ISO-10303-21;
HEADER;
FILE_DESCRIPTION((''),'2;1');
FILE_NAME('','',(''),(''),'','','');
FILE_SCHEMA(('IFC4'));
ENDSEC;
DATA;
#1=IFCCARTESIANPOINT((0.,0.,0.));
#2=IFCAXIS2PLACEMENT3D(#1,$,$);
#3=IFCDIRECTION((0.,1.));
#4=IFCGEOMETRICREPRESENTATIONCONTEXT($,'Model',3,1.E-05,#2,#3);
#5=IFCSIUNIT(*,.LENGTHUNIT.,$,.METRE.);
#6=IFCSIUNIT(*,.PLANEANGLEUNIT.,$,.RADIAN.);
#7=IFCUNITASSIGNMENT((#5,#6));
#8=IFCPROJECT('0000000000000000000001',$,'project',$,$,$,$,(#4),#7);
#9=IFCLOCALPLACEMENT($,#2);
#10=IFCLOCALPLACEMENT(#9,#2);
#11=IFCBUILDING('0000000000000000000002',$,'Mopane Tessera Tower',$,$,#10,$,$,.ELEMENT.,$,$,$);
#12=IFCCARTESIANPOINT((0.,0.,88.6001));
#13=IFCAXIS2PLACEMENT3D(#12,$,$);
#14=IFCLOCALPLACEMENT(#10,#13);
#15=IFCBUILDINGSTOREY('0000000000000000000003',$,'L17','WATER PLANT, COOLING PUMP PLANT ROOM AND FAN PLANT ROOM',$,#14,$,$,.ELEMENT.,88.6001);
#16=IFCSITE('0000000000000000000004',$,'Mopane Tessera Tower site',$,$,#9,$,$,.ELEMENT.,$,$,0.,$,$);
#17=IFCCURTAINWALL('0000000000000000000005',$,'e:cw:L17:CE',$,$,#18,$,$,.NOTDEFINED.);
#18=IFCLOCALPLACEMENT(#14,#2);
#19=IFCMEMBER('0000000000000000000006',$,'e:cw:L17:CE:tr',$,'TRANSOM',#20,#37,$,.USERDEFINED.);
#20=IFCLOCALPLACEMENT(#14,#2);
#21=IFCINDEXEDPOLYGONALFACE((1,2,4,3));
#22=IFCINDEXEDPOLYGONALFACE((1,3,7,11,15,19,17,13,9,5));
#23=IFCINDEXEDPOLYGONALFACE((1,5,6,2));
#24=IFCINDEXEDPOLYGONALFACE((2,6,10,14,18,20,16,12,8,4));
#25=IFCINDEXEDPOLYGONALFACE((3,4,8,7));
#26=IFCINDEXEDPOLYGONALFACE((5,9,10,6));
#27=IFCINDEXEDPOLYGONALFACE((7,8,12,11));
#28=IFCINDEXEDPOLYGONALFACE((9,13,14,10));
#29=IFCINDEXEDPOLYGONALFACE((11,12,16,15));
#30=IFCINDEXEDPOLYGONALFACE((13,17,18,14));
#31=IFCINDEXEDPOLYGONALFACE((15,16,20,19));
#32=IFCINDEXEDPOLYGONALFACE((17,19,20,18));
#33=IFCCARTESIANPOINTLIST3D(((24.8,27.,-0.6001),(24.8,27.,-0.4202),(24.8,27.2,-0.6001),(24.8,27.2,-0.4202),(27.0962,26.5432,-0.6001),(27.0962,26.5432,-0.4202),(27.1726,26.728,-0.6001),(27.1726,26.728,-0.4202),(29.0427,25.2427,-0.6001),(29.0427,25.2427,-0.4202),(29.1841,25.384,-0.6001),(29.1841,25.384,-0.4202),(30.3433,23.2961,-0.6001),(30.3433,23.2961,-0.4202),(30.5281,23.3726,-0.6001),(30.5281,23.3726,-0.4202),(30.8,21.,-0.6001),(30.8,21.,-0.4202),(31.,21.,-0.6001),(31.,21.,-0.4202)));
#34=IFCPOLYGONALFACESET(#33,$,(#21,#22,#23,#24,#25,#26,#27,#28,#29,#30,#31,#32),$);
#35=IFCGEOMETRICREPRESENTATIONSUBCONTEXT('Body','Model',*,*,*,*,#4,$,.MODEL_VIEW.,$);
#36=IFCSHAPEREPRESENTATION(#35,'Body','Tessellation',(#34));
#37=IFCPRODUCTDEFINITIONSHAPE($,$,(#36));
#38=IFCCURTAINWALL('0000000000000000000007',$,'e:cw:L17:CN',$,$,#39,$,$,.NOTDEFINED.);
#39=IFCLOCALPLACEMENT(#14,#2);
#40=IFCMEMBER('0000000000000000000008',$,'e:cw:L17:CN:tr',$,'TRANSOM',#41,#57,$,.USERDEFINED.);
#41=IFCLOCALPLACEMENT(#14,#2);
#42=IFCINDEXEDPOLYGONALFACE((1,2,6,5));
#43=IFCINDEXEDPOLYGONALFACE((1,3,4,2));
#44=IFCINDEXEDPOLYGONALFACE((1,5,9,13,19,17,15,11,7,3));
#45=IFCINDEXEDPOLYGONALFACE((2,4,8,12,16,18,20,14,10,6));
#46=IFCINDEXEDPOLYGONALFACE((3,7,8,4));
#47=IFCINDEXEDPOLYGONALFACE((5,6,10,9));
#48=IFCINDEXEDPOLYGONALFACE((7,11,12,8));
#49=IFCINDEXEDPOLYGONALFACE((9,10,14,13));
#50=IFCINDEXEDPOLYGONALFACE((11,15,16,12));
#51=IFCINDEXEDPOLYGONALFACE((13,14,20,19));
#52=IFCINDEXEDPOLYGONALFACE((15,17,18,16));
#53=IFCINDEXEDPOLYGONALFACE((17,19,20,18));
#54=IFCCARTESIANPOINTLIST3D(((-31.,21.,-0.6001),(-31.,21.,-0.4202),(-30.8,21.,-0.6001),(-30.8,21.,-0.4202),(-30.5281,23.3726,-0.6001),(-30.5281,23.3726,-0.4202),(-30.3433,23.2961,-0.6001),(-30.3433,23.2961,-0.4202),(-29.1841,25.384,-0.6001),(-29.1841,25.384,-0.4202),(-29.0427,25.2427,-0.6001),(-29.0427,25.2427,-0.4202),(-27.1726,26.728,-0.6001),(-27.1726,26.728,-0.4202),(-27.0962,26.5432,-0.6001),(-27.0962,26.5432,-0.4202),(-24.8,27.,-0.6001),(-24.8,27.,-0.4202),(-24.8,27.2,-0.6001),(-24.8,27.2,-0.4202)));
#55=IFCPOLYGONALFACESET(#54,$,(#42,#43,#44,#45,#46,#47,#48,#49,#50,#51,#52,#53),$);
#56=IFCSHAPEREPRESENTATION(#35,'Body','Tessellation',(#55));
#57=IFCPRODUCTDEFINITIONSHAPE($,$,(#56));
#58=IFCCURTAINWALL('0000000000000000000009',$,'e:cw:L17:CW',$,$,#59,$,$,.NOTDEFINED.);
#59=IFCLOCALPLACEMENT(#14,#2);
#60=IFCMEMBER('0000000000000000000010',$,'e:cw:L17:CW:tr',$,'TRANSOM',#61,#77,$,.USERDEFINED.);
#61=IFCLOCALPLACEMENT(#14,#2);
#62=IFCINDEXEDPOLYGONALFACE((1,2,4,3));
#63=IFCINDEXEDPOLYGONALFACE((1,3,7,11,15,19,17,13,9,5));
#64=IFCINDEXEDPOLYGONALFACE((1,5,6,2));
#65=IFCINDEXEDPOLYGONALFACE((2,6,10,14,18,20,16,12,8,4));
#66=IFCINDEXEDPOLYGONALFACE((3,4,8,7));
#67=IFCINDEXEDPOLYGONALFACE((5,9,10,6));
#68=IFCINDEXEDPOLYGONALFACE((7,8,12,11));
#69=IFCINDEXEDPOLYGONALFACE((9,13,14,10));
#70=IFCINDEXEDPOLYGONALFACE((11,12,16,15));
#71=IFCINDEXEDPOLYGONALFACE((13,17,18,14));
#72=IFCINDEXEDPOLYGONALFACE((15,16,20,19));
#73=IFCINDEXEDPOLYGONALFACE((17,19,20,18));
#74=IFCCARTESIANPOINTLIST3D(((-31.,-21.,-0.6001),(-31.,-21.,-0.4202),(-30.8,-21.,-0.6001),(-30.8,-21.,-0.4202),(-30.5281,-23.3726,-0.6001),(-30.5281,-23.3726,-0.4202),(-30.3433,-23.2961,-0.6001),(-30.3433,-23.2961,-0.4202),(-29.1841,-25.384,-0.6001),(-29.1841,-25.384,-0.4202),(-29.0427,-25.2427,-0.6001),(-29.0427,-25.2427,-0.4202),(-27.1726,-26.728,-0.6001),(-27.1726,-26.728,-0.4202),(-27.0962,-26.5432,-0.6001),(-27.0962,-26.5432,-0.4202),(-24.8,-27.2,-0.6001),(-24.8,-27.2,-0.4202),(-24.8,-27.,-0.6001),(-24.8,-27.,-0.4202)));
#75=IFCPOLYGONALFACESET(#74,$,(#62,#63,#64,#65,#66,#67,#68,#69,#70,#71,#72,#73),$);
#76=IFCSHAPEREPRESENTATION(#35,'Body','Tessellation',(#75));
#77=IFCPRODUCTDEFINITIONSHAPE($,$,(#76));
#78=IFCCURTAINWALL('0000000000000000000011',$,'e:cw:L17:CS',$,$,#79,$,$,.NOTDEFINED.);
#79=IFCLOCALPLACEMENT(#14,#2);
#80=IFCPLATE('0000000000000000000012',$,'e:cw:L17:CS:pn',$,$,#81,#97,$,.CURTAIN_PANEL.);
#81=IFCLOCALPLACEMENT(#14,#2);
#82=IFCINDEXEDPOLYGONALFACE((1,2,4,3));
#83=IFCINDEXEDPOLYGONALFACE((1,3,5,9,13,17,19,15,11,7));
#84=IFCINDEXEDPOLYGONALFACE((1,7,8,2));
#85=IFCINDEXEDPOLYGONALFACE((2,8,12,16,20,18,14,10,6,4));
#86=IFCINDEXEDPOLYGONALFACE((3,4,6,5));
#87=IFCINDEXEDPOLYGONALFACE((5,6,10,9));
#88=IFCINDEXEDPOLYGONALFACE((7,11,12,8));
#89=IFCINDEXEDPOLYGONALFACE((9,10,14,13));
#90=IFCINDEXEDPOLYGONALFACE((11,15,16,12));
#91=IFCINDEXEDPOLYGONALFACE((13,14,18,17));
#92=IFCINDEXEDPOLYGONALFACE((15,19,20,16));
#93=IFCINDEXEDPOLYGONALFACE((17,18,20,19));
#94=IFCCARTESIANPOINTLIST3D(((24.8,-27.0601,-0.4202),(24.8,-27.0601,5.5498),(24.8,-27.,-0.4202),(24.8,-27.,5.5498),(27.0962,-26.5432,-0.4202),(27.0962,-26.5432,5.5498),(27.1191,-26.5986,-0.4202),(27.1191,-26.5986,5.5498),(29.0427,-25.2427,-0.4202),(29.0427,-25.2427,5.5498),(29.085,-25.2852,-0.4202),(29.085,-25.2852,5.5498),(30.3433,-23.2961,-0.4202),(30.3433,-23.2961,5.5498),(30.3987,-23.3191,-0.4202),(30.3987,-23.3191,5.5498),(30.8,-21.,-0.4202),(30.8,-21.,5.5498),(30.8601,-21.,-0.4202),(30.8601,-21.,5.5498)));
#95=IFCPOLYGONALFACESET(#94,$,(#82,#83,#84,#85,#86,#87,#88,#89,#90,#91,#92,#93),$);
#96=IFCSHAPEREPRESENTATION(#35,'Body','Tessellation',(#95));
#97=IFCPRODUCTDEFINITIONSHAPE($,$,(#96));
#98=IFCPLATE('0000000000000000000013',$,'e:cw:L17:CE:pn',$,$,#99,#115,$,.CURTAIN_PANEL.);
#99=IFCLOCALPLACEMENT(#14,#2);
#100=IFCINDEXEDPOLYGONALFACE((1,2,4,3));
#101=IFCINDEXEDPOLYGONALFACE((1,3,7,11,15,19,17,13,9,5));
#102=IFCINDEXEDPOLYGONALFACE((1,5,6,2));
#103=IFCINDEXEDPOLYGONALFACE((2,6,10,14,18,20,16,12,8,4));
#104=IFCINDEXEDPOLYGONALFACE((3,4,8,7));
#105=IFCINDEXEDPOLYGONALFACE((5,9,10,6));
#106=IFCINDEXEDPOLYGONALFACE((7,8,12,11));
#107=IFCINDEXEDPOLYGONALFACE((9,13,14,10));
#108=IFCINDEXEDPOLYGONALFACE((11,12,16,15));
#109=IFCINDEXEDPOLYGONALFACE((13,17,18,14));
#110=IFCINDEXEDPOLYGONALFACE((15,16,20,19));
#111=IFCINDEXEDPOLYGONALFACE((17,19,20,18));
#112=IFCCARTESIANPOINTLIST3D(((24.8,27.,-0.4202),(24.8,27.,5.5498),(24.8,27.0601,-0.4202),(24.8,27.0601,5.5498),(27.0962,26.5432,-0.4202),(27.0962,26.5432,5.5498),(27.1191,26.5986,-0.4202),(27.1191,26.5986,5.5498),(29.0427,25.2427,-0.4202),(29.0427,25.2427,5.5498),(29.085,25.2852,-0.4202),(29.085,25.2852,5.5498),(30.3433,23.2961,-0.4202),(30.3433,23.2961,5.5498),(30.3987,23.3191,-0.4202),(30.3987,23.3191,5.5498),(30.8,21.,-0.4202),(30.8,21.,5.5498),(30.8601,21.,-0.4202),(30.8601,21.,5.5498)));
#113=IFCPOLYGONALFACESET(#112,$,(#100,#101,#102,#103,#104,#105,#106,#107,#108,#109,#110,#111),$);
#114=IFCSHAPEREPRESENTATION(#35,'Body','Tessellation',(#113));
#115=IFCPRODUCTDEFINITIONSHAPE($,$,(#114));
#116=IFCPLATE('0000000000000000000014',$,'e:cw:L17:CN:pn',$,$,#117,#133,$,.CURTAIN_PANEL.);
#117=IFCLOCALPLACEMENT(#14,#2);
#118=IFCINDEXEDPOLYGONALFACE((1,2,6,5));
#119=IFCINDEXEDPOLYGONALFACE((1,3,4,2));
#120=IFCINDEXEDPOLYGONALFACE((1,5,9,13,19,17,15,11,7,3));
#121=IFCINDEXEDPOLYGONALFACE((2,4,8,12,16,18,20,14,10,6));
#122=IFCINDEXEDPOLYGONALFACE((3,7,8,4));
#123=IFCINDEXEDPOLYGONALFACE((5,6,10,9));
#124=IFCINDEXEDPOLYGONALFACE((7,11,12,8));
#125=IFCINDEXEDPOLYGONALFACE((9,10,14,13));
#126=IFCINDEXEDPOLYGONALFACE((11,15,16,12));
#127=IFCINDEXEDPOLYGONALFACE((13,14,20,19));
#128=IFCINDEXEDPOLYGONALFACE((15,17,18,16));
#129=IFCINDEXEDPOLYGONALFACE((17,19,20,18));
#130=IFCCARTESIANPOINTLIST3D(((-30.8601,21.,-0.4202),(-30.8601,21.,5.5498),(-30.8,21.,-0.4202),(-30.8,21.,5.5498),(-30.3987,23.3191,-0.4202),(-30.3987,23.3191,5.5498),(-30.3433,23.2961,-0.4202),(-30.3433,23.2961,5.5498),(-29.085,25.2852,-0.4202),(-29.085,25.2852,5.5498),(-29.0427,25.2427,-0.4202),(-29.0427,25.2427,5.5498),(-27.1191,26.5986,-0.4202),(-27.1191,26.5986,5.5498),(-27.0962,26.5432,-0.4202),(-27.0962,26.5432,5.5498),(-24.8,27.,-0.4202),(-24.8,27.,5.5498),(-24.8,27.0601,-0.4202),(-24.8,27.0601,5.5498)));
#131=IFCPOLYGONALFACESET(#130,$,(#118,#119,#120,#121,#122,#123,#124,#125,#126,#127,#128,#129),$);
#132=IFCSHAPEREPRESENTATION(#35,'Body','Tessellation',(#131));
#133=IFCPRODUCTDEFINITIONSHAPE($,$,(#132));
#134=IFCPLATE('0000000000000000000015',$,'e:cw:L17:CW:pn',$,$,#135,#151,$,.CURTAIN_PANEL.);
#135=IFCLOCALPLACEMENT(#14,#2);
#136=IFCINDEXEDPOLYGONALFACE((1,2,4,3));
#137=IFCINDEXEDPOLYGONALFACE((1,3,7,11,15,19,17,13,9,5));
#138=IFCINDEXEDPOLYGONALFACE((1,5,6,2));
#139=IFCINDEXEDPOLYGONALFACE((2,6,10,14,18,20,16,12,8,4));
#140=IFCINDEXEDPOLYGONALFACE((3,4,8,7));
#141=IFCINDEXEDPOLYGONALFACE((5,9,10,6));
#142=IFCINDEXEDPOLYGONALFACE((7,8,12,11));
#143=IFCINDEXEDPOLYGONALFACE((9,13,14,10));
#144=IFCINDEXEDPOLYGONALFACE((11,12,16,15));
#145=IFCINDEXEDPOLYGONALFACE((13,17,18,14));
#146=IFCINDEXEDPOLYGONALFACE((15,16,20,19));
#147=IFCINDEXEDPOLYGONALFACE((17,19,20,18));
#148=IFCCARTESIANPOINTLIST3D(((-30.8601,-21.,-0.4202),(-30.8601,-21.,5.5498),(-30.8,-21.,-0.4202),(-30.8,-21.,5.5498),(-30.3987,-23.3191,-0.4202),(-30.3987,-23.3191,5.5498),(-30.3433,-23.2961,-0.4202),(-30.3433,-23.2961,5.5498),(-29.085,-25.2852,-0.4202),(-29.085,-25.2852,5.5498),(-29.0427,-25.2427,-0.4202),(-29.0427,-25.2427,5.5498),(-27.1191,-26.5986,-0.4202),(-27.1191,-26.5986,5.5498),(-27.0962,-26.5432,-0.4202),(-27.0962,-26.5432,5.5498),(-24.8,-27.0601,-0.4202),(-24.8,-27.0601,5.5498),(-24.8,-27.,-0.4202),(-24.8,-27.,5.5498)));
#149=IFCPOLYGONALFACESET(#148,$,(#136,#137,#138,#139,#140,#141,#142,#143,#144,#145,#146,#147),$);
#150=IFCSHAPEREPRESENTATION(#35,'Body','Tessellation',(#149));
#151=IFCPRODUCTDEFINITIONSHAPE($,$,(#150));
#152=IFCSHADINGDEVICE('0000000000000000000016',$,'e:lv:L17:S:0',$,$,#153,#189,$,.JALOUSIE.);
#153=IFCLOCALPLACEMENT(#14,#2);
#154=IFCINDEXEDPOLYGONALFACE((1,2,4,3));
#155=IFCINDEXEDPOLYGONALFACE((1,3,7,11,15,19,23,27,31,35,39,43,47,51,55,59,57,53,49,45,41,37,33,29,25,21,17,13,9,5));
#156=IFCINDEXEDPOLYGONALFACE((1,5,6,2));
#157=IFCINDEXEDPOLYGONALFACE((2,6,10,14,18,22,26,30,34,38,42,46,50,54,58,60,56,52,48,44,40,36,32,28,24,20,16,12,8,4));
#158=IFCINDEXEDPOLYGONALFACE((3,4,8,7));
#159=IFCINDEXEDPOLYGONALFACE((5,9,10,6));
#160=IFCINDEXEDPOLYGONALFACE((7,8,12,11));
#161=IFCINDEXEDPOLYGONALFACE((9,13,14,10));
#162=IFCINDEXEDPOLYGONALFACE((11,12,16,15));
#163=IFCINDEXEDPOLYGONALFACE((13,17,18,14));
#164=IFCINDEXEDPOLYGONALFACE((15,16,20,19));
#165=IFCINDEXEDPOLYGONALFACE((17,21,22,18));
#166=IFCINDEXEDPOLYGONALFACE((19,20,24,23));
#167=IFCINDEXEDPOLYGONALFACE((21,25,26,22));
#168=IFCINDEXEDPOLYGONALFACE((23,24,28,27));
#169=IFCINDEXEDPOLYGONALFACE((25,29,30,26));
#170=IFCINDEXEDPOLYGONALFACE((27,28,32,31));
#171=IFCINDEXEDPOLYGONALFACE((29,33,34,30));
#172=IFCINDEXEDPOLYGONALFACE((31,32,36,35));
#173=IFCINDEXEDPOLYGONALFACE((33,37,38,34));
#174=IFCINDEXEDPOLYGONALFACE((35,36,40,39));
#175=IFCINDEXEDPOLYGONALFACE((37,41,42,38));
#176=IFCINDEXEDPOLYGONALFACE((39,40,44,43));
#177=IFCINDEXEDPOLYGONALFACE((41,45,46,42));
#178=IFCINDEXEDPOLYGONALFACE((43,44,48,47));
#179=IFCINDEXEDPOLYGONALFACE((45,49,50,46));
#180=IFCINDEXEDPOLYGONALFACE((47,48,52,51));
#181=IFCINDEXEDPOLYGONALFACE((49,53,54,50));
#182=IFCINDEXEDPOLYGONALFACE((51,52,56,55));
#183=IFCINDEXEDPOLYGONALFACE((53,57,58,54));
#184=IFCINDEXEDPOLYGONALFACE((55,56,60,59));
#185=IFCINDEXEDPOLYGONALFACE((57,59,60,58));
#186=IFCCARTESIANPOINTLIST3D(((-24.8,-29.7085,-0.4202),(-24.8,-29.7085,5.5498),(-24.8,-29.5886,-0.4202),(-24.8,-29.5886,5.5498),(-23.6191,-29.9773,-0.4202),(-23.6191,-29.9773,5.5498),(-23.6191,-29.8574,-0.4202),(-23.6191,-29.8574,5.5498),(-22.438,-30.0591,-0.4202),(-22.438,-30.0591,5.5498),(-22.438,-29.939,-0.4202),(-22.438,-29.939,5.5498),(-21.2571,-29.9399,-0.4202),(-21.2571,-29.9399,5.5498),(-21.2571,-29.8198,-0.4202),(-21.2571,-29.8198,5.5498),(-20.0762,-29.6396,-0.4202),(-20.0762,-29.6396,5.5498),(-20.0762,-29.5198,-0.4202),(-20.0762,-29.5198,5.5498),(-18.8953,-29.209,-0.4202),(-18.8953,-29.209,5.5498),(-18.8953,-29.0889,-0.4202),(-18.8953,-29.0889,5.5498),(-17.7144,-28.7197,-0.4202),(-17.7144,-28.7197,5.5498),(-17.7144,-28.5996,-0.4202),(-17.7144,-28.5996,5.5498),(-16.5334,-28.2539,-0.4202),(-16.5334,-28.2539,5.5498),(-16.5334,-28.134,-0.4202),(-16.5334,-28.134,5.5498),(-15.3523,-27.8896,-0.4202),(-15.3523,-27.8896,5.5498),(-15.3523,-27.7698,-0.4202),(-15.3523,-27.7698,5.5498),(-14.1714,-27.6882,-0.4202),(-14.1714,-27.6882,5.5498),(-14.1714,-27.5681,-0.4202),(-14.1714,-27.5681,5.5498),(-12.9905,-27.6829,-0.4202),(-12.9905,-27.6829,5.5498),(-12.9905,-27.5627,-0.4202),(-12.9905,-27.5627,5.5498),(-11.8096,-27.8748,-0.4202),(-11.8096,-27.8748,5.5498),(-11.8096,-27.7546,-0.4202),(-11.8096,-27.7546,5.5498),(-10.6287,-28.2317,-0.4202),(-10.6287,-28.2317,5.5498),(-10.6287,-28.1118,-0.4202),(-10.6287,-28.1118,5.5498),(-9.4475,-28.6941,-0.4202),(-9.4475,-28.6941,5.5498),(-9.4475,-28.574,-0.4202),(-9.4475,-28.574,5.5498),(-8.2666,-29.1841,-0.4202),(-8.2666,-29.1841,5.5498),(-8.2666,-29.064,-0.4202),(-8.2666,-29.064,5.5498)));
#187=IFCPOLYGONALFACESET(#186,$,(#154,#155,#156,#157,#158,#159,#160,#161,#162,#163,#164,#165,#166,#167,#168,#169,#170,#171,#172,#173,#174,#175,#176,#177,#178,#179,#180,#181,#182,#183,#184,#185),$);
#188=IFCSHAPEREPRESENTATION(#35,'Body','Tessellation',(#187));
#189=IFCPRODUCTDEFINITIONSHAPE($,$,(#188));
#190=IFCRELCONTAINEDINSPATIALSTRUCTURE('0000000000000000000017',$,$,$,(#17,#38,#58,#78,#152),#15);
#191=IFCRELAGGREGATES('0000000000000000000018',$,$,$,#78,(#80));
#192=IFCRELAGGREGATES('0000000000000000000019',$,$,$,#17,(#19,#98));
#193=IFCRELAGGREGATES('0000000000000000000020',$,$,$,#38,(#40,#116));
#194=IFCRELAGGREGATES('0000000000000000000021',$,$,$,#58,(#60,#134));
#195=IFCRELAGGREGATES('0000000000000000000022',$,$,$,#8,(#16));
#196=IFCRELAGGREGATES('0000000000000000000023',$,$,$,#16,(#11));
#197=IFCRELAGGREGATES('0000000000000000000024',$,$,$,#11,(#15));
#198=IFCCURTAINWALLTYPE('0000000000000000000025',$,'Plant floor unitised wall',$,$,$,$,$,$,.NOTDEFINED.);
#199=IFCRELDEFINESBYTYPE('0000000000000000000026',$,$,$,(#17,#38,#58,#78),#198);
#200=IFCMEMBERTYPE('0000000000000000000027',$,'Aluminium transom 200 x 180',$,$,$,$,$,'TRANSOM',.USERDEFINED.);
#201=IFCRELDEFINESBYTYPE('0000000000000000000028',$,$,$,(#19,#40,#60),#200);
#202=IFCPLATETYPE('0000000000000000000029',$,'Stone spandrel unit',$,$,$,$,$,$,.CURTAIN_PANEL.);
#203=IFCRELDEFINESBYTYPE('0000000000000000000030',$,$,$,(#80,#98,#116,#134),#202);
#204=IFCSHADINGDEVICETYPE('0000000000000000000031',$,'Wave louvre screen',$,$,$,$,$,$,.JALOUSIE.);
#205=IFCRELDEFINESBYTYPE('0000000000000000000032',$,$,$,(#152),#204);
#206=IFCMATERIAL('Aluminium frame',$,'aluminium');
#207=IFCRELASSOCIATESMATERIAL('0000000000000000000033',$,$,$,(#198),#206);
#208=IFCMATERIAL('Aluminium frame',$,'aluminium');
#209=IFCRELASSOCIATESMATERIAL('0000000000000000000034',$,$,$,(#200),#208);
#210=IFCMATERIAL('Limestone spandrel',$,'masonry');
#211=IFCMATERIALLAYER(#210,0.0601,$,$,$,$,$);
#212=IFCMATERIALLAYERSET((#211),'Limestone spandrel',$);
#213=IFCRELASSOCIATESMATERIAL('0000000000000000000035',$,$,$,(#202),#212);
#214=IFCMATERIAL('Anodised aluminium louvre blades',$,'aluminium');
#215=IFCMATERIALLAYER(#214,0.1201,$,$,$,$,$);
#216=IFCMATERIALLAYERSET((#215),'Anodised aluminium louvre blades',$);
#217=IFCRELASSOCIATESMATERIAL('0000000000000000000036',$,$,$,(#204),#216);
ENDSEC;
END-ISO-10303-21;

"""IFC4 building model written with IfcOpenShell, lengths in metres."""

from ifc_helpers import new_model, si_unit, direction, frame, origin, origin_2d, place, context, subcontext, project, spatial, polyline, rectangle, outline, extrude, material, layer, layer_set, material_profile, profile_set, type_object, element, aggregate, save


model = new_model("IFC4")

# Units and contexts
model_context = context("Model", 3, precision=1e-05, world=origin(), true_north=direction((0.0, 1.0)))
body_context = subcontext(model_context, "Body", "Model", "MODEL_VIEW")
ifc_project = project(units=[si_unit("LENGTHUNIT", "METRE"), si_unit("PLANEANGLEUNIT", "RADIAN")], contexts=[model_context])

# Site, building, storey
site_placement = place(None, origin())
site = spatial("IfcSite", under=ifc_project, at=site_placement, Name="Mopane Tessera Tower site", CompositionType="ELEMENT", RefElevation=0.0)
building_placement = place(site_placement, origin())
building = spatial("IfcBuilding", under=site, at=building_placement, Name="Mopane Tessera Tower", CompositionType="ELEMENT")
storey_placement = place(building_placement, frame((0.0, 0.0, 88.6001)))
storey = spatial("IfcBuildingStorey", under=building, at=storey_placement, Name="L17", Description="WATER PLANT, COOLING PUMP PLANT ROOM AND FAN PLANT ROOM", CompositionType="ELEMENT", Elevation=88.6001)

# Curtain walls, members
ifc_material_1 = material(Name="Aluminium frame", Category="aluminium")
curtain_wall_type = type_object("IfcCurtainWallType", Name="Plant floor unitised wall", PredefinedType="NOTDEFINED", material=ifc_material_1)
curtain_wall_1_placement = place(storey_placement, origin())
curtain_wall_1 = element("IfcCurtainWall", 1, at=curtain_wall_1_placement, inside=storey, type_object=curtain_wall_type, Name="e:cw:L17:CE", PredefinedType="NOTDEFINED")
ifc_material_2 = material(Name="Aluminium frame", Category="aluminium")
ifc_material_profile = material_profile(ifc_material_2, rectangle(XDim=0.2, YDim=0.1799, at=origin_2d()))
ifc_profile_set = profile_set([ifc_material_profile], Name="Aluminium frame")
member_type = type_object("IfcMemberType", Name="Aluminium transom 200 x 180", ElementType="TRANSOM", PredefinedType="USERDEFINED", material=ifc_profile_set)
member_1_placement = place(storey_placement, frame((0.0, 0.0, -0.6001)))
member_1 = element("IfcMember", 2, at=member_1_placement, type_object=member_type, Name="e:cw:L17:CE:tr", ObjectType="TRANSOM", PredefinedType="USERDEFINED", context=body_context, shape_type="SweptSolid", body=[
    extrude(outline(polyline([(30.8, 21.0), (30.3433, 23.2961), (29.0427, 25.2427), (27.0962, 26.5432), (24.8, 27.0), (24.8, 27.2), (27.1726, 26.728), (29.1841, 25.384), (30.5281, 23.3726), (31.0, 21.0), (30.8, 21.0)])), origin(), (0.0, 0.0, 1.0), 0.1799),
])
curtain_wall_2_placement = place(storey_placement, origin())
curtain_wall_2 = element("IfcCurtainWall", 3, at=curtain_wall_2_placement, inside=storey, type_object=curtain_wall_type, Name="e:cw:L17:CN", PredefinedType="NOTDEFINED")
member_2_placement = place(storey_placement, frame((0.0, 0.0, -0.6001)))
member_2 = element("IfcMember", 4, at=member_2_placement, type_object=member_type, Name="e:cw:L17:CN:tr", ObjectType="TRANSOM", PredefinedType="USERDEFINED", context=body_context, shape_type="SweptSolid", body=[
    extrude(outline(polyline([(-24.8, 27.0), (-27.0962, 26.5432), (-29.0427, 25.2427), (-30.3433, 23.2961), (-30.8, 21.0), (-31.0, 21.0), (-30.5281, 23.3726), (-29.1841, 25.384), (-27.1726, 26.728), (-24.8, 27.2), (-24.8, 27.0)])), origin(), (0.0, 0.0, 1.0), 0.1799),
])
curtain_wall_3_placement = place(storey_placement, origin())
curtain_wall_3 = element("IfcCurtainWall", 5, at=curtain_wall_3_placement, inside=storey, type_object=curtain_wall_type, Name="e:cw:L17:CW", PredefinedType="NOTDEFINED")
member_3_placement = place(storey_placement, frame((0.0, 0.0, -0.6001)))
member_3 = element("IfcMember", 6, at=member_3_placement, type_object=member_type, Name="e:cw:L17:CW:tr", ObjectType="TRANSOM", PredefinedType="USERDEFINED", context=body_context, shape_type="SweptSolid", body=[
    extrude(outline(polyline([(-30.8, -21.0), (-30.3433, -23.2961), (-29.0427, -25.2427), (-27.0962, -26.5432), (-24.8, -27.0), (-24.8, -27.2), (-27.1726, -26.728), (-29.1841, -25.384), (-30.5281, -23.3726), (-31.0, -21.0), (-30.8, -21.0)])), origin(), (0.0, 0.0, 1.0), 0.1799),
])

# Curtain wall, plate
curtain_wall_4_placement = place(storey_placement, origin())
curtain_wall_4 = element("IfcCurtainWall", 7, at=curtain_wall_4_placement, inside=storey, type_object=curtain_wall_type, Name="e:cw:L17:CS", PredefinedType="NOTDEFINED")
ifc_material_3 = material(Name="Limestone spandrel", Category="masonry")
ifc_layer_1 = layer(ifc_material_3, 0.0601)
ifc_layer_set_1 = layer_set([ifc_layer_1], Name="Limestone spandrel")
plate_type = type_object("IfcPlateType", Name="Stone spandrel unit", PredefinedType="CURTAIN_PANEL", material=ifc_layer_set_1)
plate_1_placement = place(storey_placement, frame((0.0, 0.0, -0.4202)))
plate_1 = element("IfcPlate", 8, at=plate_1_placement, type_object=plate_type, Name="e:cw:L17:CS:pn", PredefinedType="CURTAIN_PANEL", context=body_context, shape_type="SweptSolid", body=[
    extrude(outline(polyline([(24.8, -27.0), (27.0962, -26.5432), (29.0427, -25.2427), (30.3433, -23.2961), (30.8, -21.0), (30.8601, -21.0), (30.3987, -23.3191), (29.085, -25.2852), (27.1191, -26.5986), (24.8, -27.0601), (24.8, -27.0)])), origin(), (0.0, 0.0, 1.0), 5.97),
])
aggregate(curtain_wall_4, [plate_1])

# Plates
plate_2_placement = place(storey_placement, frame((0.0, 0.0, -0.4202)))
plate_2 = element("IfcPlate", 9, at=plate_2_placement, type_object=plate_type, Name="e:cw:L17:CE:pn", PredefinedType="CURTAIN_PANEL", context=body_context, shape_type="SweptSolid", body=[
    extrude(outline(polyline([(30.8, 21.0), (30.3433, 23.2961), (29.0427, 25.2427), (27.0962, 26.5432), (24.8, 27.0), (24.8, 27.0601), (27.1191, 26.5986), (29.085, 25.2852), (30.3987, 23.3191), (30.8601, 21.0), (30.8, 21.0)])), origin(), (0.0, 0.0, 1.0), 5.97),
])
aggregate(curtain_wall_1, [member_1, plate_2])
plate_3_placement = place(storey_placement, frame((0.0, 0.0, -0.4202)))
plate_3 = element("IfcPlate", 10, at=plate_3_placement, type_object=plate_type, Name="e:cw:L17:CN:pn", PredefinedType="CURTAIN_PANEL", context=body_context, shape_type="SweptSolid", body=[
    extrude(outline(polyline([(-24.8, 27.0), (-27.0962, 26.5432), (-29.0427, 25.2427), (-30.3433, 23.2961), (-30.8, 21.0), (-30.8601, 21.0), (-30.3987, 23.3191), (-29.085, 25.2852), (-27.1191, 26.5986), (-24.8, 27.0601), (-24.8, 27.0)])), origin(), (0.0, 0.0, 1.0), 5.97),
])
aggregate(curtain_wall_2, [member_2, plate_3])
plate_4_placement = place(storey_placement, frame((0.0, 0.0, -0.4202)))
plate_4 = element("IfcPlate", 11, at=plate_4_placement, type_object=plate_type, Name="e:cw:L17:CW:pn", PredefinedType="CURTAIN_PANEL", context=body_context, shape_type="SweptSolid", body=[
    extrude(outline(polyline([(-30.8, -21.0), (-30.3433, -23.2961), (-29.0427, -25.2427), (-27.0962, -26.5432), (-24.8, -27.0), (-24.8, -27.0601), (-27.1191, -26.5986), (-29.085, -25.2852), (-30.3987, -23.3191), (-30.8601, -21.0), (-30.8, -21.0)])), origin(), (0.0, 0.0, 1.0), 5.97),
])
aggregate(curtain_wall_3, [member_3, plate_4])

# Shading device
ifc_material_4 = material(Name="Anodised aluminium louvre blades", Category="aluminium")
ifc_layer_2 = layer(ifc_material_4, 0.1201)
ifc_layer_set_2 = layer_set([ifc_layer_2], Name="Anodised aluminium louvre blades")
shading_device_type = type_object("IfcShadingDeviceType", Name="Wave louvre screen", PredefinedType="JALOUSIE", material=ifc_layer_set_2)
shading_device_1_placement = place(storey_placement, frame((0.0, 0.0, -0.4202)))
element("IfcShadingDevice", 12, at=shading_device_1_placement, inside=storey, type_object=shading_device_type, Name="e:lv:L17:S:0", PredefinedType="JALOUSIE", context=body_context, shape_type="SweptSolid", body=[
    extrude(outline(polyline([(-24.8, -29.5886), (-23.6191, -29.8574), (-22.438, -29.939), (-21.2571, -29.8198), (-20.0762, -29.5198), (-18.8953, -29.0889), (-17.7144, -28.5996), (-16.5334, -28.134), (-15.3523, -27.7698), (-14.1714, -27.5681), (-12.9905, -27.5627), (-11.8096, -27.7546), (-10.6287, -28.1118), (-9.4475, -28.574), (-8.2666, -29.064), (-8.2666, -29.1841), (-9.4475, -28.6941), (-10.6287, -28.2317), (-11.8096, -27.8748), (-12.9905, -27.6829), (-14.1714, -27.6882), (-15.3523, -27.8896), (-16.5334, -28.2539), (-17.7144, -28.7197), (-18.8953, -29.209), (-20.0762, -29.6396), (-21.2571, -29.9399), (-22.438, -30.0591), (-23.6191, -29.9773), (-24.8, -29.7085), (-24.8, -29.5886)])), origin(), (0.0, 0.0, 1.0), 5.97),
])

save(model, "model.ifc")
